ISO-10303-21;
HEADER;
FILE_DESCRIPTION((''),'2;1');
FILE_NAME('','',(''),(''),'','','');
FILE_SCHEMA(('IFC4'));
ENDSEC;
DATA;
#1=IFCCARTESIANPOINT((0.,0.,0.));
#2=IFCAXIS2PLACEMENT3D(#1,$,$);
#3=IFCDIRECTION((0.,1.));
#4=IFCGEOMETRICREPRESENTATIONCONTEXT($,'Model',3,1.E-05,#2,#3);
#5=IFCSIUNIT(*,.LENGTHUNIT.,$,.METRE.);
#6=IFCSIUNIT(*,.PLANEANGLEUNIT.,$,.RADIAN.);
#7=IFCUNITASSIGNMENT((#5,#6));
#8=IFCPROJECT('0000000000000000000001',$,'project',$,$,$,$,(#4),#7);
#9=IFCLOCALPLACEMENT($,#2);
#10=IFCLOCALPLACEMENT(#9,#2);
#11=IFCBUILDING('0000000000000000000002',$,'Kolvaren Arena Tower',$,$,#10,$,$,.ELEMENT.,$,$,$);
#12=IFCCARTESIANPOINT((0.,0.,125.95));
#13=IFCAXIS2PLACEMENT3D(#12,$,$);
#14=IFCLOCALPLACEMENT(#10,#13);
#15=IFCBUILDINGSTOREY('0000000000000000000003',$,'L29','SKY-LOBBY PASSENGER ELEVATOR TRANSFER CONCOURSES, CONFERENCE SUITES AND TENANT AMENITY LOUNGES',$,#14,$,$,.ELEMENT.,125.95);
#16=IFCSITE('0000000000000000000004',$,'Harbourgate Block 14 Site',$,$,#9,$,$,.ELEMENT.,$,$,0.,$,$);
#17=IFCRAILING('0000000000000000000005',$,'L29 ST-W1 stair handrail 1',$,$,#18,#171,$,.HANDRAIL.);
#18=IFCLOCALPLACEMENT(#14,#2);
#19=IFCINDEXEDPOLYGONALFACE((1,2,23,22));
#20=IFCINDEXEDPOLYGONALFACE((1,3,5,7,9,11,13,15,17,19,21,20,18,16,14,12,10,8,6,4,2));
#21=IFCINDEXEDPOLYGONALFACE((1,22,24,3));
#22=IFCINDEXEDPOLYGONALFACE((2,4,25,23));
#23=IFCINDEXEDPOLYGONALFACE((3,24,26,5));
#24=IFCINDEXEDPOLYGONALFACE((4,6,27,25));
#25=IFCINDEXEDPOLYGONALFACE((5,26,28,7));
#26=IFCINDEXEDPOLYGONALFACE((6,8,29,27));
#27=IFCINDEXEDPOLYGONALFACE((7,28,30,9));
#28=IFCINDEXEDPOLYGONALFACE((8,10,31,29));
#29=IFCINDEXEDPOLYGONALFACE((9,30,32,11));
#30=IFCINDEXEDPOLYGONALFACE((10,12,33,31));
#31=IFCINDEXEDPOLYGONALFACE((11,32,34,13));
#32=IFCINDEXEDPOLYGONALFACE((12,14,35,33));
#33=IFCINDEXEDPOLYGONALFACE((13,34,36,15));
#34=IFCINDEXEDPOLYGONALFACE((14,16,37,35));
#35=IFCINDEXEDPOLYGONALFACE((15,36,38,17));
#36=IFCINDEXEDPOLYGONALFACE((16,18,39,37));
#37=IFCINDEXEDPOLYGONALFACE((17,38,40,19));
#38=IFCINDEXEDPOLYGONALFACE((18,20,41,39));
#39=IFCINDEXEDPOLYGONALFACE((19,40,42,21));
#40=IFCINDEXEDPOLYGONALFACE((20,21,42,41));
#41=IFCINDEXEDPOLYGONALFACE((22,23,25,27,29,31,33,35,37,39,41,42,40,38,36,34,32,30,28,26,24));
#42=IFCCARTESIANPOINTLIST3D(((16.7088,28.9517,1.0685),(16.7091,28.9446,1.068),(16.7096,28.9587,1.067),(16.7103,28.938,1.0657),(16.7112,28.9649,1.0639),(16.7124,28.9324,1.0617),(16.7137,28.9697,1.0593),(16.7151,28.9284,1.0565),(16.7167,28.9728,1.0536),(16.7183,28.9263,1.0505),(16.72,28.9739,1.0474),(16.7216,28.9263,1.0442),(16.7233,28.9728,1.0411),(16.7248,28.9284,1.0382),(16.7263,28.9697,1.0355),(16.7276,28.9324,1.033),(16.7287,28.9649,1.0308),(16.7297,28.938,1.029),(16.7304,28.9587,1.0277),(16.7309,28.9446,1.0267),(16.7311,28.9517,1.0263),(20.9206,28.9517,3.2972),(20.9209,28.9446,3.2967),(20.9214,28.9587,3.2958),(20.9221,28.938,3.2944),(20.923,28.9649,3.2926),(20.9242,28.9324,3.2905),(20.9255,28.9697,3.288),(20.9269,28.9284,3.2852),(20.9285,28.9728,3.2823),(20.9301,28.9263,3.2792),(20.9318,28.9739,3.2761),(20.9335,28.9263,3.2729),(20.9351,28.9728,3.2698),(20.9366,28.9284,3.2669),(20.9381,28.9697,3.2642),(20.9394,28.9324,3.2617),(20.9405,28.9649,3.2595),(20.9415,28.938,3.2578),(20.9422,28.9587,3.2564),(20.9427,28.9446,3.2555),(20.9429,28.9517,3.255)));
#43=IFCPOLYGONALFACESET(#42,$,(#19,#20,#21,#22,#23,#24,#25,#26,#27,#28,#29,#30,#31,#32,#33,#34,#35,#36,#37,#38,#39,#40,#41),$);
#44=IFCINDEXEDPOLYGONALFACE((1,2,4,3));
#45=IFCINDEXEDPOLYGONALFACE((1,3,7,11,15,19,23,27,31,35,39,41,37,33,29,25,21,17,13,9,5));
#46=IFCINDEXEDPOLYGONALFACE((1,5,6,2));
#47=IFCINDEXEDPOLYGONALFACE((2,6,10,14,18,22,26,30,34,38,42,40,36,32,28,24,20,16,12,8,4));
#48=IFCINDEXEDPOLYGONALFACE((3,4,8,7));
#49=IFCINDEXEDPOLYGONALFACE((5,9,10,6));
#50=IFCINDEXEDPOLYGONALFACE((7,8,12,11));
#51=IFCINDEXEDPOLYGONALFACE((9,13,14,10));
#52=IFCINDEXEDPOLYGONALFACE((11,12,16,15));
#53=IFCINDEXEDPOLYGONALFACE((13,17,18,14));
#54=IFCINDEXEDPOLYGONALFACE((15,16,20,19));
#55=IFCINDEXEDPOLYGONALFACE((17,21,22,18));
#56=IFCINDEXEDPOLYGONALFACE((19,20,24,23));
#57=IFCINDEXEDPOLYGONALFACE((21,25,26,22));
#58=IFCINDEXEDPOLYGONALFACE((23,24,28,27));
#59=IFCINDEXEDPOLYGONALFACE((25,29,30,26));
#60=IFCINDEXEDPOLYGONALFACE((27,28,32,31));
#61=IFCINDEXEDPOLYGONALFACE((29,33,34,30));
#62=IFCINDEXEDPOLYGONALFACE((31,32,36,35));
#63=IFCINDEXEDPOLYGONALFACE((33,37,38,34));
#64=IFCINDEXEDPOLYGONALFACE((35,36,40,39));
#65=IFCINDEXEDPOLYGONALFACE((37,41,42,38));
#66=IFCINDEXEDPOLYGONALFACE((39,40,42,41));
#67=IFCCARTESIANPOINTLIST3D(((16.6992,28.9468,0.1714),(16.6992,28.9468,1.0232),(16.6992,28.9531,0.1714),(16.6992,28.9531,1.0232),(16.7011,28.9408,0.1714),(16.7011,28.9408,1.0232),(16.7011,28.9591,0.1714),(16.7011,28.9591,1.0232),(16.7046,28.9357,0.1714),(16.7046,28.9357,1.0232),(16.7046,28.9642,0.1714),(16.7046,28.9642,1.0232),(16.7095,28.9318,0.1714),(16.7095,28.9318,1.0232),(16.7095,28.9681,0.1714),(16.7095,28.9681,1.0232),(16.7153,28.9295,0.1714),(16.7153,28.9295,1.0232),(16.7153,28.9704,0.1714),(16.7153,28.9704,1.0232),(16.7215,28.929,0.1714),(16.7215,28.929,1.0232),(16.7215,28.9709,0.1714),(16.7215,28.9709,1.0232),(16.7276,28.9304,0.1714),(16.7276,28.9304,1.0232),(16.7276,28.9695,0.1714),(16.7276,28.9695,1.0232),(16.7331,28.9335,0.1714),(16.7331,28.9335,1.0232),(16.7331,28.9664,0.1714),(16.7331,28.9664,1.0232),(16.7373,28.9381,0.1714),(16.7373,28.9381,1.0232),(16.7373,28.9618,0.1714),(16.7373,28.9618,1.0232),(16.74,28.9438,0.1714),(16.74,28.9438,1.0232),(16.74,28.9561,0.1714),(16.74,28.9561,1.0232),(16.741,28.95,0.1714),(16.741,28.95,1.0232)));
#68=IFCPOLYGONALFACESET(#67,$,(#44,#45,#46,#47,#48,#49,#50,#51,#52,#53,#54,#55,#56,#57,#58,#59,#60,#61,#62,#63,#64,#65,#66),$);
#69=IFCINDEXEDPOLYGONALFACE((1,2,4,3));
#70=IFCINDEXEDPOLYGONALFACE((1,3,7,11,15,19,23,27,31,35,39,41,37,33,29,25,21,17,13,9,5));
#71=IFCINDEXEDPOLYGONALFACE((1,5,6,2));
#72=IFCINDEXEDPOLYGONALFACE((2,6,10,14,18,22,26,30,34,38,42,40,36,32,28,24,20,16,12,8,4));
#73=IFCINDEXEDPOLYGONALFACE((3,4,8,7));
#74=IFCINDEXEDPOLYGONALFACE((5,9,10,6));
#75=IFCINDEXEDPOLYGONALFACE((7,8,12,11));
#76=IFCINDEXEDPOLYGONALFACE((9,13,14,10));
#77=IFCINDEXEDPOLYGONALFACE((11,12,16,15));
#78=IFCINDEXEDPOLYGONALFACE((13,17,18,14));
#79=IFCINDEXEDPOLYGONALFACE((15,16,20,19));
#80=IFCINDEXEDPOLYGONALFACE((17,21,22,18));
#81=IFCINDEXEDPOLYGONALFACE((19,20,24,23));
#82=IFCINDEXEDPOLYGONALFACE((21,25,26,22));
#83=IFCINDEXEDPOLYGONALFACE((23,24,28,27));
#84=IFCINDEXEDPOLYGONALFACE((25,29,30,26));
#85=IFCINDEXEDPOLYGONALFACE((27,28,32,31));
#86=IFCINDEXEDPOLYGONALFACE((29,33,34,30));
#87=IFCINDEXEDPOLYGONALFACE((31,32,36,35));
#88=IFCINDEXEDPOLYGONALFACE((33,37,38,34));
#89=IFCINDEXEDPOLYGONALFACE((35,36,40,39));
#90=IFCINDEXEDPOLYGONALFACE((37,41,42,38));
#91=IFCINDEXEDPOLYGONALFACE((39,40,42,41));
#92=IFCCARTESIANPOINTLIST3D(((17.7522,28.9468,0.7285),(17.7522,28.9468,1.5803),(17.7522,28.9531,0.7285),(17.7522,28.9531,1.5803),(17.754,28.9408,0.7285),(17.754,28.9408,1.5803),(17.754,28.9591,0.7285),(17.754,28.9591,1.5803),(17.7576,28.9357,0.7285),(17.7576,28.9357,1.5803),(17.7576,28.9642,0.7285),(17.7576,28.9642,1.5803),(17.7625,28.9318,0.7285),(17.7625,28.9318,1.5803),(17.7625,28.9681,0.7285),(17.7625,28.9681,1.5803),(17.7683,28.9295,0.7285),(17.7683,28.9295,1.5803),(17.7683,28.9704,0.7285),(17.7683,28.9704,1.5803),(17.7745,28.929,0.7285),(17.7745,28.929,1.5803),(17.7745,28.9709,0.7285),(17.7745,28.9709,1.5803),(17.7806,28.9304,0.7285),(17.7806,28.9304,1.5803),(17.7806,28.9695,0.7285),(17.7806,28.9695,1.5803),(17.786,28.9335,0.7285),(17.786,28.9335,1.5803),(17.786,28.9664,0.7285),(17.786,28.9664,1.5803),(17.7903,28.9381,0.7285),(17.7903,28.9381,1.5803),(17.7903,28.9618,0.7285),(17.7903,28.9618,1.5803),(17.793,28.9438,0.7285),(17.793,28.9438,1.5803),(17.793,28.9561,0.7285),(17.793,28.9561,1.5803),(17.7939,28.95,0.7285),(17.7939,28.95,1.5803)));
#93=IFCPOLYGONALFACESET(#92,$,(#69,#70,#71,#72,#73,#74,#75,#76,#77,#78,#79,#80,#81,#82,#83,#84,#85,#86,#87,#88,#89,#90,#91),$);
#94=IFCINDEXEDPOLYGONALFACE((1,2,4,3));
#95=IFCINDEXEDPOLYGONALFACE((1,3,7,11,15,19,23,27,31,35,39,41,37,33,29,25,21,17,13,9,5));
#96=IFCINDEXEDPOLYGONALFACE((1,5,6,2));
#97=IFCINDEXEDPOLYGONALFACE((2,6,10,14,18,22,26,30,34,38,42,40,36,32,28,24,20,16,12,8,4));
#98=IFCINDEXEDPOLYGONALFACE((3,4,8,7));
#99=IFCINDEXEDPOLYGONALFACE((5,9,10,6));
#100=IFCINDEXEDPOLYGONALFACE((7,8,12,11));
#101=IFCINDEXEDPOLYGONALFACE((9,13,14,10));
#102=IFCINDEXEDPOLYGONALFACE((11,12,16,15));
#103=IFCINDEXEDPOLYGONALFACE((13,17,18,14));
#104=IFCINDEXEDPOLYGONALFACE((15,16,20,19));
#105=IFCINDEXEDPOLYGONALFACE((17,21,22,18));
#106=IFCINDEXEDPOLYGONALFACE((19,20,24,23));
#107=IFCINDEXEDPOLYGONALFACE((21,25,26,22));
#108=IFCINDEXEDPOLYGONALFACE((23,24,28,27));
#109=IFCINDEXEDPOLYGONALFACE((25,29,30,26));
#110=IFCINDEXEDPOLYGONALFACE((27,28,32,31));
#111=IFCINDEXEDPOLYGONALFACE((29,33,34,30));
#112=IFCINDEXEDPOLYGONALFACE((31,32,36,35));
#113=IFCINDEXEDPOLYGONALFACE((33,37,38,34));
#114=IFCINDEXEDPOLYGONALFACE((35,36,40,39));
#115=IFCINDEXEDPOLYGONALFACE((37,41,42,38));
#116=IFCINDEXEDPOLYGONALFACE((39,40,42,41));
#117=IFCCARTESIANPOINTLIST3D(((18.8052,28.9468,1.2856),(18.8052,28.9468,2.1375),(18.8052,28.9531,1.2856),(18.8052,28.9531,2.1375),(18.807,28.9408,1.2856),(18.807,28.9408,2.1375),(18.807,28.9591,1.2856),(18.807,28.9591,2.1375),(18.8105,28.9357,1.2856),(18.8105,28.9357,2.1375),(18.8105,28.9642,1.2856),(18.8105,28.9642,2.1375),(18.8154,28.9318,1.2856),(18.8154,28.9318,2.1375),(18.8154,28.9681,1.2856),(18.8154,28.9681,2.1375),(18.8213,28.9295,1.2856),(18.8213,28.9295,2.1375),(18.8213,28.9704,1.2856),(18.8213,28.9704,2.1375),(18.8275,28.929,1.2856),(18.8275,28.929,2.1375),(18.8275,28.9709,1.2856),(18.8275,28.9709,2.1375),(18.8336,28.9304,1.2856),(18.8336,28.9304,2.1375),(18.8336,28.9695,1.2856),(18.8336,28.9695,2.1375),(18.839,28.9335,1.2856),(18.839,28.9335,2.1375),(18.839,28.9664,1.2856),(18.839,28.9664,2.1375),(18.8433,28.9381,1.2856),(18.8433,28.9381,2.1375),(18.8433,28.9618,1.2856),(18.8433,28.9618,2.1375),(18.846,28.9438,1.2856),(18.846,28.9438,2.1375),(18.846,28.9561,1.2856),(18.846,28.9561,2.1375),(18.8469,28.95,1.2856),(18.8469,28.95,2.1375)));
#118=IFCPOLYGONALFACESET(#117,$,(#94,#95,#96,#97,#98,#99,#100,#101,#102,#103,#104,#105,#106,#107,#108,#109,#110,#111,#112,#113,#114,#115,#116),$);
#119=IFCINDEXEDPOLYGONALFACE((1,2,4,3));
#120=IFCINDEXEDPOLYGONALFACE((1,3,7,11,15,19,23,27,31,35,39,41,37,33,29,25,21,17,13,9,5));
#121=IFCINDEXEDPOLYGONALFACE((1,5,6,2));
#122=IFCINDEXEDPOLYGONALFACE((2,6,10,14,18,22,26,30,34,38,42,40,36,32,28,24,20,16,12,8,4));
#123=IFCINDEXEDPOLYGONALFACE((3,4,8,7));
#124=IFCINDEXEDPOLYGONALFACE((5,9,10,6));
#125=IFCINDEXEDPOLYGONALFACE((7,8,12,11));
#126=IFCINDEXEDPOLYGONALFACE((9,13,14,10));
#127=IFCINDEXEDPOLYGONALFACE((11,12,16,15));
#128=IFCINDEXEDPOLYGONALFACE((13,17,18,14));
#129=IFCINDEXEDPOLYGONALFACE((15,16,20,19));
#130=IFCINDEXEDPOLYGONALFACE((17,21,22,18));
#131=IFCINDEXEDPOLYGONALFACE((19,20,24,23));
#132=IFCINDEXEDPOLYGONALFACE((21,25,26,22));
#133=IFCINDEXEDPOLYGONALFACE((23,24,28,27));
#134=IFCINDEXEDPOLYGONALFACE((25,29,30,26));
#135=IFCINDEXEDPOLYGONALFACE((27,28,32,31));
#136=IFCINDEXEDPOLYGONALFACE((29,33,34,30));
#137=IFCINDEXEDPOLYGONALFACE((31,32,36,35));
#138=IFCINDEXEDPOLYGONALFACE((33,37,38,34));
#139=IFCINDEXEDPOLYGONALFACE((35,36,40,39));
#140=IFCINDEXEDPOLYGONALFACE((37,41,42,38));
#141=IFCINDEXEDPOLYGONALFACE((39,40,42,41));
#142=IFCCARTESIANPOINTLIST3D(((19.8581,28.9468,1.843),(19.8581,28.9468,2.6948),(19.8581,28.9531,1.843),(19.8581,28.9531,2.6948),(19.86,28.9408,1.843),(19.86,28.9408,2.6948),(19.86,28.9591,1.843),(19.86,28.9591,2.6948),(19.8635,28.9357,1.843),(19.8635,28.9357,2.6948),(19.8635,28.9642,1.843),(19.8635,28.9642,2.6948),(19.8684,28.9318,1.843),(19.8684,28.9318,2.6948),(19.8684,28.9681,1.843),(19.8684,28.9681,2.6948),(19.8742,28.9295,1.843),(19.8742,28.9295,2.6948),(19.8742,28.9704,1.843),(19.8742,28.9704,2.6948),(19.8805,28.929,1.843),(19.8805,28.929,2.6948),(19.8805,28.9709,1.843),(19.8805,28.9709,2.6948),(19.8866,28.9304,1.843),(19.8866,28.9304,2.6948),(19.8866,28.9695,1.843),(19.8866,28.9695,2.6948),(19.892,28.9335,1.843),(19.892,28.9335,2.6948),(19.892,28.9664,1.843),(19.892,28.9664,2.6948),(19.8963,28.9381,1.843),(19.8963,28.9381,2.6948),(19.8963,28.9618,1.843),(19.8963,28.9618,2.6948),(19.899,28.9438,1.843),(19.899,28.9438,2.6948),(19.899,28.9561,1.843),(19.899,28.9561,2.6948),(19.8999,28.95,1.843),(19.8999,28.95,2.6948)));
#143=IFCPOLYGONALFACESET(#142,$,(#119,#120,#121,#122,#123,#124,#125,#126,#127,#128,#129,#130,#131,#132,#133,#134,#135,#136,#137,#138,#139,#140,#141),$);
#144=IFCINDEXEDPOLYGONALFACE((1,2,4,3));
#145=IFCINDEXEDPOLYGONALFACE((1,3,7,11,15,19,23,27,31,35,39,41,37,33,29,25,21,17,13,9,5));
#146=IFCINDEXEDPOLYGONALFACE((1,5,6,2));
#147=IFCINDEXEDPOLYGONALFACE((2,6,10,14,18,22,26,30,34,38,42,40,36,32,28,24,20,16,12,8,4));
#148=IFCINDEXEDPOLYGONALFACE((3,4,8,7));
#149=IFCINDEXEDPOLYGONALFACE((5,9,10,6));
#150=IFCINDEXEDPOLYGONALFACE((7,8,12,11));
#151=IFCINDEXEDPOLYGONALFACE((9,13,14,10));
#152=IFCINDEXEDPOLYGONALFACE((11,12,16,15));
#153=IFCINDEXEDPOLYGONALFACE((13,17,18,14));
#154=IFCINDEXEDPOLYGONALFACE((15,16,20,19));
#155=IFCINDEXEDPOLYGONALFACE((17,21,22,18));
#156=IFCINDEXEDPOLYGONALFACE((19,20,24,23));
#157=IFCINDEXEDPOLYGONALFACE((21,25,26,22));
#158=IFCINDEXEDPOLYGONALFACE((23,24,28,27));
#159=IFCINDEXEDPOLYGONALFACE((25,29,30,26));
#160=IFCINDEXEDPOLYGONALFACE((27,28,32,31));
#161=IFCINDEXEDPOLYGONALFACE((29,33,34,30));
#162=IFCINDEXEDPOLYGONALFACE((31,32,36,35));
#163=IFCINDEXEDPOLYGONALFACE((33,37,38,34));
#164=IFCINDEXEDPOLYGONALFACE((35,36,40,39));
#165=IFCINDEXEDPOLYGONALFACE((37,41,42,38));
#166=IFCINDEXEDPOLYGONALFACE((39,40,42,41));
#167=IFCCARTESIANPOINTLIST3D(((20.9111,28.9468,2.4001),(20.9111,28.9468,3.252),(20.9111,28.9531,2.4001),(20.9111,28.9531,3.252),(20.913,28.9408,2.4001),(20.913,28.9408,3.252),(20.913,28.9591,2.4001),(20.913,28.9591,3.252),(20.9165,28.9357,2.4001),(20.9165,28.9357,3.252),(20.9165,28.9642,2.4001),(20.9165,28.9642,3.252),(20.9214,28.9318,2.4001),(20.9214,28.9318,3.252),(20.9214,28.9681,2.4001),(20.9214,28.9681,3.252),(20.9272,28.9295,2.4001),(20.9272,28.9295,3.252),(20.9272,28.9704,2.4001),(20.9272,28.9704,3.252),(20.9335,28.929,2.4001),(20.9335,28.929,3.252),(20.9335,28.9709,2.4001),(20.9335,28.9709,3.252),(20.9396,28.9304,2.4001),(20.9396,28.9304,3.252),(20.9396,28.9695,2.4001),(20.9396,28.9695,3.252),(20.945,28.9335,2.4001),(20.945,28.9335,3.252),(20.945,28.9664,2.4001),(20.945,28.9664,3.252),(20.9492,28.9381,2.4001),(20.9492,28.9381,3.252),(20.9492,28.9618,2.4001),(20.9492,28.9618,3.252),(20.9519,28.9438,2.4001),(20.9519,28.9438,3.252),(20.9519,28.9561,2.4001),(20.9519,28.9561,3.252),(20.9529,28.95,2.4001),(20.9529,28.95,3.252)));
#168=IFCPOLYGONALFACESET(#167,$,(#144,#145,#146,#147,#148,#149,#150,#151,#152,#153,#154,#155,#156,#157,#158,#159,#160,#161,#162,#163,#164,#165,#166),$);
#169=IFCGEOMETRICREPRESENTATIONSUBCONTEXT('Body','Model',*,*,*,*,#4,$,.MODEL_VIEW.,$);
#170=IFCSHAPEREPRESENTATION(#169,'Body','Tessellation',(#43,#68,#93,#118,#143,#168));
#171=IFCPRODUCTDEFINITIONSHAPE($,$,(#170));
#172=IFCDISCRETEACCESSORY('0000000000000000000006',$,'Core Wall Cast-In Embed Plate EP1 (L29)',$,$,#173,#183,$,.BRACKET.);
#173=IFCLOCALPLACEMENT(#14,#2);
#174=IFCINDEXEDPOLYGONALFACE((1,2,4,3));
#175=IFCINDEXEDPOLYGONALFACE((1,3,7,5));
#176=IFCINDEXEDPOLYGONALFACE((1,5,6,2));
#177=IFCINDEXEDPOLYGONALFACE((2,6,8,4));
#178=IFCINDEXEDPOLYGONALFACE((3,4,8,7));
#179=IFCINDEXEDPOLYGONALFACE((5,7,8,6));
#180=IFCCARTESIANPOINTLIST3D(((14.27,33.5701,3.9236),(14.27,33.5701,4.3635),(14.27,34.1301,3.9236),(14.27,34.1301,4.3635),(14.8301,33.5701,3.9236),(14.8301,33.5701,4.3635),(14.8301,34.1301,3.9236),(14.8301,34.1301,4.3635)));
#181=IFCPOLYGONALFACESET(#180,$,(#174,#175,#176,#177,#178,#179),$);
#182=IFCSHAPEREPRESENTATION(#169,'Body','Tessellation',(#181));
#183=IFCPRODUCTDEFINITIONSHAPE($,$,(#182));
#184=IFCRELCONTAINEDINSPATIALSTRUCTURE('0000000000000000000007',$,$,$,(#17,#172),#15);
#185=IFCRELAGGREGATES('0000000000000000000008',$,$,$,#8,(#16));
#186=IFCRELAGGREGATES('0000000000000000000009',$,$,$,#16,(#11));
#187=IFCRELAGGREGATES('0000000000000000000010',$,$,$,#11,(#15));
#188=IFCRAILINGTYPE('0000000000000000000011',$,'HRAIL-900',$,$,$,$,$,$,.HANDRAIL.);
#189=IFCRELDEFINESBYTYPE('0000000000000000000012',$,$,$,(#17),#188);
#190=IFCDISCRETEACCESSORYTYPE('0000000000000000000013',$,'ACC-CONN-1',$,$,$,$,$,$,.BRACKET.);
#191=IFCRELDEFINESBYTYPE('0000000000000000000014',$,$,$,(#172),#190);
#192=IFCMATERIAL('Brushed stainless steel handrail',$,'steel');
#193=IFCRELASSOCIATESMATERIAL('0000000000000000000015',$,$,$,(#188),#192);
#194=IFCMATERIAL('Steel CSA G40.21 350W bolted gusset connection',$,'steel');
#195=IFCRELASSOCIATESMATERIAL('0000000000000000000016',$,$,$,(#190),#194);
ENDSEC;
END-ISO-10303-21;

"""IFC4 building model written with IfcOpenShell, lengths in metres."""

from ifc_helpers import new_model, si_unit, direction, frame, origin, origin_2d, place, context, subcontext, project, spatial, rectangle, circle, extrude, material, type_object, element, save


model = new_model("IFC4")

# Units and contexts
model_context = context("Model", 3, precision=1e-05, world=origin(), true_north=direction((0.0, 1.0)))
body_context = subcontext(model_context, "Body", "Model", "MODEL_VIEW")
ifc_project = project(units=[si_unit("LENGTHUNIT", "METRE"), si_unit("PLANEANGLEUNIT", "RADIAN")], contexts=[model_context])

# Site, building, storey
site_placement = place(None, origin())
site = spatial("IfcSite", under=ifc_project, at=site_placement, Name="Harbourgate Block 14 Site", CompositionType="ELEMENT", RefElevation=0.0)
building_placement = place(site_placement, origin())
building = spatial("IfcBuilding", under=site, at=building_placement, Name="Kolvaren Arena Tower", CompositionType="ELEMENT")
storey_placement = place(building_placement, frame((0.0, 0.0, 125.95)))
storey = spatial("IfcBuildingStorey", under=building, at=storey_placement, Name="L29", Description="SKY-LOBBY PASSENGER ELEVATOR TRANSFER CONCOURSES, CONFERENCE SUITES AND TENANT AMENITY LOUNGES", CompositionType="ELEMENT", Elevation=125.95)

# Railing
ifc_material_1 = material(Name="Brushed stainless steel handrail", Category="steel")
railing_type_1 = type_object("IfcRailingType", Name="HRAIL-900", PredefinedType="HANDRAIL", material=ifc_material_1)
railing_1_placement = place(storey_placement, frame((16.72, 28.95, 0.1714)))
element("IfcRailing", 1, at=railing_1_placement, inside=storey, type_object=railing_type_1, Name="L29 ST-W1 stair handrail 1", PredefinedType="HANDRAIL", context=body_context, shape_type="SweptSolid", body=[
    extrude(circle(Radius=0.0239, at=origin_2d()), frame((0.0, 0.0, 0.876), z_axis=(0.883881, 0.0, 0.467711), x_axis=(0.0, 1.0, 0.0)), (0.0, 0.0, 1.0), 4.7651),
    extrude(circle(Radius=0.021, at=origin_2d()), origin(), (0.0, 0.0, 1.0), 0.8518),
    extrude(circle(Radius=0.021, at=origin_2d()), frame((1.053, 0.0, 0.5571)), (0.0, 0.0, 1.0), 0.8518),
    extrude(circle(Radius=0.021, at=origin_2d()), frame((2.106, 0.0, 1.1143)), (0.0, 0.0, 1.0), 0.8518),
    extrude(circle(Radius=0.021, at=origin_2d()), frame((3.1589, 0.0, 1.6716)), (0.0, 0.0, 1.0), 0.8518),
    extrude(circle(Radius=0.021, at=origin_2d()), frame((4.2119, 0.0, 2.2288)), (0.0, 0.0, 1.0), 0.8518),
])

# Discrete accessory
ifc_material_2 = material(Name="Steel CSA G40.21 350W bolted gusset connection", Category="steel")
discrete_accessory_type = type_object("IfcDiscreteAccessoryType", Name="ACC-CONN-1", PredefinedType="BRACKET", material=ifc_material_2)
discrete_accessory_placement = place(storey_placement, frame((14.55, 33.8501, 3.9236), z_axis=(0.0, 0.0, 1.0), x_axis=(1.0, 0.0, 0.0)))
element("IfcDiscreteAccessory", 2, at=discrete_accessory_placement, inside=storey, type_object=discrete_accessory_type, Name="Core Wall Cast-In Embed Plate EP1 (L29)", PredefinedType="BRACKET", context=body_context, shape_type="SweptSolid", body=[
    extrude(rectangle(XDim=0.5601, YDim=0.5601, at=origin_2d()), origin(), (0.0, 0.0, 1.0), 0.4399),
])

save(model, "model.ifc")
